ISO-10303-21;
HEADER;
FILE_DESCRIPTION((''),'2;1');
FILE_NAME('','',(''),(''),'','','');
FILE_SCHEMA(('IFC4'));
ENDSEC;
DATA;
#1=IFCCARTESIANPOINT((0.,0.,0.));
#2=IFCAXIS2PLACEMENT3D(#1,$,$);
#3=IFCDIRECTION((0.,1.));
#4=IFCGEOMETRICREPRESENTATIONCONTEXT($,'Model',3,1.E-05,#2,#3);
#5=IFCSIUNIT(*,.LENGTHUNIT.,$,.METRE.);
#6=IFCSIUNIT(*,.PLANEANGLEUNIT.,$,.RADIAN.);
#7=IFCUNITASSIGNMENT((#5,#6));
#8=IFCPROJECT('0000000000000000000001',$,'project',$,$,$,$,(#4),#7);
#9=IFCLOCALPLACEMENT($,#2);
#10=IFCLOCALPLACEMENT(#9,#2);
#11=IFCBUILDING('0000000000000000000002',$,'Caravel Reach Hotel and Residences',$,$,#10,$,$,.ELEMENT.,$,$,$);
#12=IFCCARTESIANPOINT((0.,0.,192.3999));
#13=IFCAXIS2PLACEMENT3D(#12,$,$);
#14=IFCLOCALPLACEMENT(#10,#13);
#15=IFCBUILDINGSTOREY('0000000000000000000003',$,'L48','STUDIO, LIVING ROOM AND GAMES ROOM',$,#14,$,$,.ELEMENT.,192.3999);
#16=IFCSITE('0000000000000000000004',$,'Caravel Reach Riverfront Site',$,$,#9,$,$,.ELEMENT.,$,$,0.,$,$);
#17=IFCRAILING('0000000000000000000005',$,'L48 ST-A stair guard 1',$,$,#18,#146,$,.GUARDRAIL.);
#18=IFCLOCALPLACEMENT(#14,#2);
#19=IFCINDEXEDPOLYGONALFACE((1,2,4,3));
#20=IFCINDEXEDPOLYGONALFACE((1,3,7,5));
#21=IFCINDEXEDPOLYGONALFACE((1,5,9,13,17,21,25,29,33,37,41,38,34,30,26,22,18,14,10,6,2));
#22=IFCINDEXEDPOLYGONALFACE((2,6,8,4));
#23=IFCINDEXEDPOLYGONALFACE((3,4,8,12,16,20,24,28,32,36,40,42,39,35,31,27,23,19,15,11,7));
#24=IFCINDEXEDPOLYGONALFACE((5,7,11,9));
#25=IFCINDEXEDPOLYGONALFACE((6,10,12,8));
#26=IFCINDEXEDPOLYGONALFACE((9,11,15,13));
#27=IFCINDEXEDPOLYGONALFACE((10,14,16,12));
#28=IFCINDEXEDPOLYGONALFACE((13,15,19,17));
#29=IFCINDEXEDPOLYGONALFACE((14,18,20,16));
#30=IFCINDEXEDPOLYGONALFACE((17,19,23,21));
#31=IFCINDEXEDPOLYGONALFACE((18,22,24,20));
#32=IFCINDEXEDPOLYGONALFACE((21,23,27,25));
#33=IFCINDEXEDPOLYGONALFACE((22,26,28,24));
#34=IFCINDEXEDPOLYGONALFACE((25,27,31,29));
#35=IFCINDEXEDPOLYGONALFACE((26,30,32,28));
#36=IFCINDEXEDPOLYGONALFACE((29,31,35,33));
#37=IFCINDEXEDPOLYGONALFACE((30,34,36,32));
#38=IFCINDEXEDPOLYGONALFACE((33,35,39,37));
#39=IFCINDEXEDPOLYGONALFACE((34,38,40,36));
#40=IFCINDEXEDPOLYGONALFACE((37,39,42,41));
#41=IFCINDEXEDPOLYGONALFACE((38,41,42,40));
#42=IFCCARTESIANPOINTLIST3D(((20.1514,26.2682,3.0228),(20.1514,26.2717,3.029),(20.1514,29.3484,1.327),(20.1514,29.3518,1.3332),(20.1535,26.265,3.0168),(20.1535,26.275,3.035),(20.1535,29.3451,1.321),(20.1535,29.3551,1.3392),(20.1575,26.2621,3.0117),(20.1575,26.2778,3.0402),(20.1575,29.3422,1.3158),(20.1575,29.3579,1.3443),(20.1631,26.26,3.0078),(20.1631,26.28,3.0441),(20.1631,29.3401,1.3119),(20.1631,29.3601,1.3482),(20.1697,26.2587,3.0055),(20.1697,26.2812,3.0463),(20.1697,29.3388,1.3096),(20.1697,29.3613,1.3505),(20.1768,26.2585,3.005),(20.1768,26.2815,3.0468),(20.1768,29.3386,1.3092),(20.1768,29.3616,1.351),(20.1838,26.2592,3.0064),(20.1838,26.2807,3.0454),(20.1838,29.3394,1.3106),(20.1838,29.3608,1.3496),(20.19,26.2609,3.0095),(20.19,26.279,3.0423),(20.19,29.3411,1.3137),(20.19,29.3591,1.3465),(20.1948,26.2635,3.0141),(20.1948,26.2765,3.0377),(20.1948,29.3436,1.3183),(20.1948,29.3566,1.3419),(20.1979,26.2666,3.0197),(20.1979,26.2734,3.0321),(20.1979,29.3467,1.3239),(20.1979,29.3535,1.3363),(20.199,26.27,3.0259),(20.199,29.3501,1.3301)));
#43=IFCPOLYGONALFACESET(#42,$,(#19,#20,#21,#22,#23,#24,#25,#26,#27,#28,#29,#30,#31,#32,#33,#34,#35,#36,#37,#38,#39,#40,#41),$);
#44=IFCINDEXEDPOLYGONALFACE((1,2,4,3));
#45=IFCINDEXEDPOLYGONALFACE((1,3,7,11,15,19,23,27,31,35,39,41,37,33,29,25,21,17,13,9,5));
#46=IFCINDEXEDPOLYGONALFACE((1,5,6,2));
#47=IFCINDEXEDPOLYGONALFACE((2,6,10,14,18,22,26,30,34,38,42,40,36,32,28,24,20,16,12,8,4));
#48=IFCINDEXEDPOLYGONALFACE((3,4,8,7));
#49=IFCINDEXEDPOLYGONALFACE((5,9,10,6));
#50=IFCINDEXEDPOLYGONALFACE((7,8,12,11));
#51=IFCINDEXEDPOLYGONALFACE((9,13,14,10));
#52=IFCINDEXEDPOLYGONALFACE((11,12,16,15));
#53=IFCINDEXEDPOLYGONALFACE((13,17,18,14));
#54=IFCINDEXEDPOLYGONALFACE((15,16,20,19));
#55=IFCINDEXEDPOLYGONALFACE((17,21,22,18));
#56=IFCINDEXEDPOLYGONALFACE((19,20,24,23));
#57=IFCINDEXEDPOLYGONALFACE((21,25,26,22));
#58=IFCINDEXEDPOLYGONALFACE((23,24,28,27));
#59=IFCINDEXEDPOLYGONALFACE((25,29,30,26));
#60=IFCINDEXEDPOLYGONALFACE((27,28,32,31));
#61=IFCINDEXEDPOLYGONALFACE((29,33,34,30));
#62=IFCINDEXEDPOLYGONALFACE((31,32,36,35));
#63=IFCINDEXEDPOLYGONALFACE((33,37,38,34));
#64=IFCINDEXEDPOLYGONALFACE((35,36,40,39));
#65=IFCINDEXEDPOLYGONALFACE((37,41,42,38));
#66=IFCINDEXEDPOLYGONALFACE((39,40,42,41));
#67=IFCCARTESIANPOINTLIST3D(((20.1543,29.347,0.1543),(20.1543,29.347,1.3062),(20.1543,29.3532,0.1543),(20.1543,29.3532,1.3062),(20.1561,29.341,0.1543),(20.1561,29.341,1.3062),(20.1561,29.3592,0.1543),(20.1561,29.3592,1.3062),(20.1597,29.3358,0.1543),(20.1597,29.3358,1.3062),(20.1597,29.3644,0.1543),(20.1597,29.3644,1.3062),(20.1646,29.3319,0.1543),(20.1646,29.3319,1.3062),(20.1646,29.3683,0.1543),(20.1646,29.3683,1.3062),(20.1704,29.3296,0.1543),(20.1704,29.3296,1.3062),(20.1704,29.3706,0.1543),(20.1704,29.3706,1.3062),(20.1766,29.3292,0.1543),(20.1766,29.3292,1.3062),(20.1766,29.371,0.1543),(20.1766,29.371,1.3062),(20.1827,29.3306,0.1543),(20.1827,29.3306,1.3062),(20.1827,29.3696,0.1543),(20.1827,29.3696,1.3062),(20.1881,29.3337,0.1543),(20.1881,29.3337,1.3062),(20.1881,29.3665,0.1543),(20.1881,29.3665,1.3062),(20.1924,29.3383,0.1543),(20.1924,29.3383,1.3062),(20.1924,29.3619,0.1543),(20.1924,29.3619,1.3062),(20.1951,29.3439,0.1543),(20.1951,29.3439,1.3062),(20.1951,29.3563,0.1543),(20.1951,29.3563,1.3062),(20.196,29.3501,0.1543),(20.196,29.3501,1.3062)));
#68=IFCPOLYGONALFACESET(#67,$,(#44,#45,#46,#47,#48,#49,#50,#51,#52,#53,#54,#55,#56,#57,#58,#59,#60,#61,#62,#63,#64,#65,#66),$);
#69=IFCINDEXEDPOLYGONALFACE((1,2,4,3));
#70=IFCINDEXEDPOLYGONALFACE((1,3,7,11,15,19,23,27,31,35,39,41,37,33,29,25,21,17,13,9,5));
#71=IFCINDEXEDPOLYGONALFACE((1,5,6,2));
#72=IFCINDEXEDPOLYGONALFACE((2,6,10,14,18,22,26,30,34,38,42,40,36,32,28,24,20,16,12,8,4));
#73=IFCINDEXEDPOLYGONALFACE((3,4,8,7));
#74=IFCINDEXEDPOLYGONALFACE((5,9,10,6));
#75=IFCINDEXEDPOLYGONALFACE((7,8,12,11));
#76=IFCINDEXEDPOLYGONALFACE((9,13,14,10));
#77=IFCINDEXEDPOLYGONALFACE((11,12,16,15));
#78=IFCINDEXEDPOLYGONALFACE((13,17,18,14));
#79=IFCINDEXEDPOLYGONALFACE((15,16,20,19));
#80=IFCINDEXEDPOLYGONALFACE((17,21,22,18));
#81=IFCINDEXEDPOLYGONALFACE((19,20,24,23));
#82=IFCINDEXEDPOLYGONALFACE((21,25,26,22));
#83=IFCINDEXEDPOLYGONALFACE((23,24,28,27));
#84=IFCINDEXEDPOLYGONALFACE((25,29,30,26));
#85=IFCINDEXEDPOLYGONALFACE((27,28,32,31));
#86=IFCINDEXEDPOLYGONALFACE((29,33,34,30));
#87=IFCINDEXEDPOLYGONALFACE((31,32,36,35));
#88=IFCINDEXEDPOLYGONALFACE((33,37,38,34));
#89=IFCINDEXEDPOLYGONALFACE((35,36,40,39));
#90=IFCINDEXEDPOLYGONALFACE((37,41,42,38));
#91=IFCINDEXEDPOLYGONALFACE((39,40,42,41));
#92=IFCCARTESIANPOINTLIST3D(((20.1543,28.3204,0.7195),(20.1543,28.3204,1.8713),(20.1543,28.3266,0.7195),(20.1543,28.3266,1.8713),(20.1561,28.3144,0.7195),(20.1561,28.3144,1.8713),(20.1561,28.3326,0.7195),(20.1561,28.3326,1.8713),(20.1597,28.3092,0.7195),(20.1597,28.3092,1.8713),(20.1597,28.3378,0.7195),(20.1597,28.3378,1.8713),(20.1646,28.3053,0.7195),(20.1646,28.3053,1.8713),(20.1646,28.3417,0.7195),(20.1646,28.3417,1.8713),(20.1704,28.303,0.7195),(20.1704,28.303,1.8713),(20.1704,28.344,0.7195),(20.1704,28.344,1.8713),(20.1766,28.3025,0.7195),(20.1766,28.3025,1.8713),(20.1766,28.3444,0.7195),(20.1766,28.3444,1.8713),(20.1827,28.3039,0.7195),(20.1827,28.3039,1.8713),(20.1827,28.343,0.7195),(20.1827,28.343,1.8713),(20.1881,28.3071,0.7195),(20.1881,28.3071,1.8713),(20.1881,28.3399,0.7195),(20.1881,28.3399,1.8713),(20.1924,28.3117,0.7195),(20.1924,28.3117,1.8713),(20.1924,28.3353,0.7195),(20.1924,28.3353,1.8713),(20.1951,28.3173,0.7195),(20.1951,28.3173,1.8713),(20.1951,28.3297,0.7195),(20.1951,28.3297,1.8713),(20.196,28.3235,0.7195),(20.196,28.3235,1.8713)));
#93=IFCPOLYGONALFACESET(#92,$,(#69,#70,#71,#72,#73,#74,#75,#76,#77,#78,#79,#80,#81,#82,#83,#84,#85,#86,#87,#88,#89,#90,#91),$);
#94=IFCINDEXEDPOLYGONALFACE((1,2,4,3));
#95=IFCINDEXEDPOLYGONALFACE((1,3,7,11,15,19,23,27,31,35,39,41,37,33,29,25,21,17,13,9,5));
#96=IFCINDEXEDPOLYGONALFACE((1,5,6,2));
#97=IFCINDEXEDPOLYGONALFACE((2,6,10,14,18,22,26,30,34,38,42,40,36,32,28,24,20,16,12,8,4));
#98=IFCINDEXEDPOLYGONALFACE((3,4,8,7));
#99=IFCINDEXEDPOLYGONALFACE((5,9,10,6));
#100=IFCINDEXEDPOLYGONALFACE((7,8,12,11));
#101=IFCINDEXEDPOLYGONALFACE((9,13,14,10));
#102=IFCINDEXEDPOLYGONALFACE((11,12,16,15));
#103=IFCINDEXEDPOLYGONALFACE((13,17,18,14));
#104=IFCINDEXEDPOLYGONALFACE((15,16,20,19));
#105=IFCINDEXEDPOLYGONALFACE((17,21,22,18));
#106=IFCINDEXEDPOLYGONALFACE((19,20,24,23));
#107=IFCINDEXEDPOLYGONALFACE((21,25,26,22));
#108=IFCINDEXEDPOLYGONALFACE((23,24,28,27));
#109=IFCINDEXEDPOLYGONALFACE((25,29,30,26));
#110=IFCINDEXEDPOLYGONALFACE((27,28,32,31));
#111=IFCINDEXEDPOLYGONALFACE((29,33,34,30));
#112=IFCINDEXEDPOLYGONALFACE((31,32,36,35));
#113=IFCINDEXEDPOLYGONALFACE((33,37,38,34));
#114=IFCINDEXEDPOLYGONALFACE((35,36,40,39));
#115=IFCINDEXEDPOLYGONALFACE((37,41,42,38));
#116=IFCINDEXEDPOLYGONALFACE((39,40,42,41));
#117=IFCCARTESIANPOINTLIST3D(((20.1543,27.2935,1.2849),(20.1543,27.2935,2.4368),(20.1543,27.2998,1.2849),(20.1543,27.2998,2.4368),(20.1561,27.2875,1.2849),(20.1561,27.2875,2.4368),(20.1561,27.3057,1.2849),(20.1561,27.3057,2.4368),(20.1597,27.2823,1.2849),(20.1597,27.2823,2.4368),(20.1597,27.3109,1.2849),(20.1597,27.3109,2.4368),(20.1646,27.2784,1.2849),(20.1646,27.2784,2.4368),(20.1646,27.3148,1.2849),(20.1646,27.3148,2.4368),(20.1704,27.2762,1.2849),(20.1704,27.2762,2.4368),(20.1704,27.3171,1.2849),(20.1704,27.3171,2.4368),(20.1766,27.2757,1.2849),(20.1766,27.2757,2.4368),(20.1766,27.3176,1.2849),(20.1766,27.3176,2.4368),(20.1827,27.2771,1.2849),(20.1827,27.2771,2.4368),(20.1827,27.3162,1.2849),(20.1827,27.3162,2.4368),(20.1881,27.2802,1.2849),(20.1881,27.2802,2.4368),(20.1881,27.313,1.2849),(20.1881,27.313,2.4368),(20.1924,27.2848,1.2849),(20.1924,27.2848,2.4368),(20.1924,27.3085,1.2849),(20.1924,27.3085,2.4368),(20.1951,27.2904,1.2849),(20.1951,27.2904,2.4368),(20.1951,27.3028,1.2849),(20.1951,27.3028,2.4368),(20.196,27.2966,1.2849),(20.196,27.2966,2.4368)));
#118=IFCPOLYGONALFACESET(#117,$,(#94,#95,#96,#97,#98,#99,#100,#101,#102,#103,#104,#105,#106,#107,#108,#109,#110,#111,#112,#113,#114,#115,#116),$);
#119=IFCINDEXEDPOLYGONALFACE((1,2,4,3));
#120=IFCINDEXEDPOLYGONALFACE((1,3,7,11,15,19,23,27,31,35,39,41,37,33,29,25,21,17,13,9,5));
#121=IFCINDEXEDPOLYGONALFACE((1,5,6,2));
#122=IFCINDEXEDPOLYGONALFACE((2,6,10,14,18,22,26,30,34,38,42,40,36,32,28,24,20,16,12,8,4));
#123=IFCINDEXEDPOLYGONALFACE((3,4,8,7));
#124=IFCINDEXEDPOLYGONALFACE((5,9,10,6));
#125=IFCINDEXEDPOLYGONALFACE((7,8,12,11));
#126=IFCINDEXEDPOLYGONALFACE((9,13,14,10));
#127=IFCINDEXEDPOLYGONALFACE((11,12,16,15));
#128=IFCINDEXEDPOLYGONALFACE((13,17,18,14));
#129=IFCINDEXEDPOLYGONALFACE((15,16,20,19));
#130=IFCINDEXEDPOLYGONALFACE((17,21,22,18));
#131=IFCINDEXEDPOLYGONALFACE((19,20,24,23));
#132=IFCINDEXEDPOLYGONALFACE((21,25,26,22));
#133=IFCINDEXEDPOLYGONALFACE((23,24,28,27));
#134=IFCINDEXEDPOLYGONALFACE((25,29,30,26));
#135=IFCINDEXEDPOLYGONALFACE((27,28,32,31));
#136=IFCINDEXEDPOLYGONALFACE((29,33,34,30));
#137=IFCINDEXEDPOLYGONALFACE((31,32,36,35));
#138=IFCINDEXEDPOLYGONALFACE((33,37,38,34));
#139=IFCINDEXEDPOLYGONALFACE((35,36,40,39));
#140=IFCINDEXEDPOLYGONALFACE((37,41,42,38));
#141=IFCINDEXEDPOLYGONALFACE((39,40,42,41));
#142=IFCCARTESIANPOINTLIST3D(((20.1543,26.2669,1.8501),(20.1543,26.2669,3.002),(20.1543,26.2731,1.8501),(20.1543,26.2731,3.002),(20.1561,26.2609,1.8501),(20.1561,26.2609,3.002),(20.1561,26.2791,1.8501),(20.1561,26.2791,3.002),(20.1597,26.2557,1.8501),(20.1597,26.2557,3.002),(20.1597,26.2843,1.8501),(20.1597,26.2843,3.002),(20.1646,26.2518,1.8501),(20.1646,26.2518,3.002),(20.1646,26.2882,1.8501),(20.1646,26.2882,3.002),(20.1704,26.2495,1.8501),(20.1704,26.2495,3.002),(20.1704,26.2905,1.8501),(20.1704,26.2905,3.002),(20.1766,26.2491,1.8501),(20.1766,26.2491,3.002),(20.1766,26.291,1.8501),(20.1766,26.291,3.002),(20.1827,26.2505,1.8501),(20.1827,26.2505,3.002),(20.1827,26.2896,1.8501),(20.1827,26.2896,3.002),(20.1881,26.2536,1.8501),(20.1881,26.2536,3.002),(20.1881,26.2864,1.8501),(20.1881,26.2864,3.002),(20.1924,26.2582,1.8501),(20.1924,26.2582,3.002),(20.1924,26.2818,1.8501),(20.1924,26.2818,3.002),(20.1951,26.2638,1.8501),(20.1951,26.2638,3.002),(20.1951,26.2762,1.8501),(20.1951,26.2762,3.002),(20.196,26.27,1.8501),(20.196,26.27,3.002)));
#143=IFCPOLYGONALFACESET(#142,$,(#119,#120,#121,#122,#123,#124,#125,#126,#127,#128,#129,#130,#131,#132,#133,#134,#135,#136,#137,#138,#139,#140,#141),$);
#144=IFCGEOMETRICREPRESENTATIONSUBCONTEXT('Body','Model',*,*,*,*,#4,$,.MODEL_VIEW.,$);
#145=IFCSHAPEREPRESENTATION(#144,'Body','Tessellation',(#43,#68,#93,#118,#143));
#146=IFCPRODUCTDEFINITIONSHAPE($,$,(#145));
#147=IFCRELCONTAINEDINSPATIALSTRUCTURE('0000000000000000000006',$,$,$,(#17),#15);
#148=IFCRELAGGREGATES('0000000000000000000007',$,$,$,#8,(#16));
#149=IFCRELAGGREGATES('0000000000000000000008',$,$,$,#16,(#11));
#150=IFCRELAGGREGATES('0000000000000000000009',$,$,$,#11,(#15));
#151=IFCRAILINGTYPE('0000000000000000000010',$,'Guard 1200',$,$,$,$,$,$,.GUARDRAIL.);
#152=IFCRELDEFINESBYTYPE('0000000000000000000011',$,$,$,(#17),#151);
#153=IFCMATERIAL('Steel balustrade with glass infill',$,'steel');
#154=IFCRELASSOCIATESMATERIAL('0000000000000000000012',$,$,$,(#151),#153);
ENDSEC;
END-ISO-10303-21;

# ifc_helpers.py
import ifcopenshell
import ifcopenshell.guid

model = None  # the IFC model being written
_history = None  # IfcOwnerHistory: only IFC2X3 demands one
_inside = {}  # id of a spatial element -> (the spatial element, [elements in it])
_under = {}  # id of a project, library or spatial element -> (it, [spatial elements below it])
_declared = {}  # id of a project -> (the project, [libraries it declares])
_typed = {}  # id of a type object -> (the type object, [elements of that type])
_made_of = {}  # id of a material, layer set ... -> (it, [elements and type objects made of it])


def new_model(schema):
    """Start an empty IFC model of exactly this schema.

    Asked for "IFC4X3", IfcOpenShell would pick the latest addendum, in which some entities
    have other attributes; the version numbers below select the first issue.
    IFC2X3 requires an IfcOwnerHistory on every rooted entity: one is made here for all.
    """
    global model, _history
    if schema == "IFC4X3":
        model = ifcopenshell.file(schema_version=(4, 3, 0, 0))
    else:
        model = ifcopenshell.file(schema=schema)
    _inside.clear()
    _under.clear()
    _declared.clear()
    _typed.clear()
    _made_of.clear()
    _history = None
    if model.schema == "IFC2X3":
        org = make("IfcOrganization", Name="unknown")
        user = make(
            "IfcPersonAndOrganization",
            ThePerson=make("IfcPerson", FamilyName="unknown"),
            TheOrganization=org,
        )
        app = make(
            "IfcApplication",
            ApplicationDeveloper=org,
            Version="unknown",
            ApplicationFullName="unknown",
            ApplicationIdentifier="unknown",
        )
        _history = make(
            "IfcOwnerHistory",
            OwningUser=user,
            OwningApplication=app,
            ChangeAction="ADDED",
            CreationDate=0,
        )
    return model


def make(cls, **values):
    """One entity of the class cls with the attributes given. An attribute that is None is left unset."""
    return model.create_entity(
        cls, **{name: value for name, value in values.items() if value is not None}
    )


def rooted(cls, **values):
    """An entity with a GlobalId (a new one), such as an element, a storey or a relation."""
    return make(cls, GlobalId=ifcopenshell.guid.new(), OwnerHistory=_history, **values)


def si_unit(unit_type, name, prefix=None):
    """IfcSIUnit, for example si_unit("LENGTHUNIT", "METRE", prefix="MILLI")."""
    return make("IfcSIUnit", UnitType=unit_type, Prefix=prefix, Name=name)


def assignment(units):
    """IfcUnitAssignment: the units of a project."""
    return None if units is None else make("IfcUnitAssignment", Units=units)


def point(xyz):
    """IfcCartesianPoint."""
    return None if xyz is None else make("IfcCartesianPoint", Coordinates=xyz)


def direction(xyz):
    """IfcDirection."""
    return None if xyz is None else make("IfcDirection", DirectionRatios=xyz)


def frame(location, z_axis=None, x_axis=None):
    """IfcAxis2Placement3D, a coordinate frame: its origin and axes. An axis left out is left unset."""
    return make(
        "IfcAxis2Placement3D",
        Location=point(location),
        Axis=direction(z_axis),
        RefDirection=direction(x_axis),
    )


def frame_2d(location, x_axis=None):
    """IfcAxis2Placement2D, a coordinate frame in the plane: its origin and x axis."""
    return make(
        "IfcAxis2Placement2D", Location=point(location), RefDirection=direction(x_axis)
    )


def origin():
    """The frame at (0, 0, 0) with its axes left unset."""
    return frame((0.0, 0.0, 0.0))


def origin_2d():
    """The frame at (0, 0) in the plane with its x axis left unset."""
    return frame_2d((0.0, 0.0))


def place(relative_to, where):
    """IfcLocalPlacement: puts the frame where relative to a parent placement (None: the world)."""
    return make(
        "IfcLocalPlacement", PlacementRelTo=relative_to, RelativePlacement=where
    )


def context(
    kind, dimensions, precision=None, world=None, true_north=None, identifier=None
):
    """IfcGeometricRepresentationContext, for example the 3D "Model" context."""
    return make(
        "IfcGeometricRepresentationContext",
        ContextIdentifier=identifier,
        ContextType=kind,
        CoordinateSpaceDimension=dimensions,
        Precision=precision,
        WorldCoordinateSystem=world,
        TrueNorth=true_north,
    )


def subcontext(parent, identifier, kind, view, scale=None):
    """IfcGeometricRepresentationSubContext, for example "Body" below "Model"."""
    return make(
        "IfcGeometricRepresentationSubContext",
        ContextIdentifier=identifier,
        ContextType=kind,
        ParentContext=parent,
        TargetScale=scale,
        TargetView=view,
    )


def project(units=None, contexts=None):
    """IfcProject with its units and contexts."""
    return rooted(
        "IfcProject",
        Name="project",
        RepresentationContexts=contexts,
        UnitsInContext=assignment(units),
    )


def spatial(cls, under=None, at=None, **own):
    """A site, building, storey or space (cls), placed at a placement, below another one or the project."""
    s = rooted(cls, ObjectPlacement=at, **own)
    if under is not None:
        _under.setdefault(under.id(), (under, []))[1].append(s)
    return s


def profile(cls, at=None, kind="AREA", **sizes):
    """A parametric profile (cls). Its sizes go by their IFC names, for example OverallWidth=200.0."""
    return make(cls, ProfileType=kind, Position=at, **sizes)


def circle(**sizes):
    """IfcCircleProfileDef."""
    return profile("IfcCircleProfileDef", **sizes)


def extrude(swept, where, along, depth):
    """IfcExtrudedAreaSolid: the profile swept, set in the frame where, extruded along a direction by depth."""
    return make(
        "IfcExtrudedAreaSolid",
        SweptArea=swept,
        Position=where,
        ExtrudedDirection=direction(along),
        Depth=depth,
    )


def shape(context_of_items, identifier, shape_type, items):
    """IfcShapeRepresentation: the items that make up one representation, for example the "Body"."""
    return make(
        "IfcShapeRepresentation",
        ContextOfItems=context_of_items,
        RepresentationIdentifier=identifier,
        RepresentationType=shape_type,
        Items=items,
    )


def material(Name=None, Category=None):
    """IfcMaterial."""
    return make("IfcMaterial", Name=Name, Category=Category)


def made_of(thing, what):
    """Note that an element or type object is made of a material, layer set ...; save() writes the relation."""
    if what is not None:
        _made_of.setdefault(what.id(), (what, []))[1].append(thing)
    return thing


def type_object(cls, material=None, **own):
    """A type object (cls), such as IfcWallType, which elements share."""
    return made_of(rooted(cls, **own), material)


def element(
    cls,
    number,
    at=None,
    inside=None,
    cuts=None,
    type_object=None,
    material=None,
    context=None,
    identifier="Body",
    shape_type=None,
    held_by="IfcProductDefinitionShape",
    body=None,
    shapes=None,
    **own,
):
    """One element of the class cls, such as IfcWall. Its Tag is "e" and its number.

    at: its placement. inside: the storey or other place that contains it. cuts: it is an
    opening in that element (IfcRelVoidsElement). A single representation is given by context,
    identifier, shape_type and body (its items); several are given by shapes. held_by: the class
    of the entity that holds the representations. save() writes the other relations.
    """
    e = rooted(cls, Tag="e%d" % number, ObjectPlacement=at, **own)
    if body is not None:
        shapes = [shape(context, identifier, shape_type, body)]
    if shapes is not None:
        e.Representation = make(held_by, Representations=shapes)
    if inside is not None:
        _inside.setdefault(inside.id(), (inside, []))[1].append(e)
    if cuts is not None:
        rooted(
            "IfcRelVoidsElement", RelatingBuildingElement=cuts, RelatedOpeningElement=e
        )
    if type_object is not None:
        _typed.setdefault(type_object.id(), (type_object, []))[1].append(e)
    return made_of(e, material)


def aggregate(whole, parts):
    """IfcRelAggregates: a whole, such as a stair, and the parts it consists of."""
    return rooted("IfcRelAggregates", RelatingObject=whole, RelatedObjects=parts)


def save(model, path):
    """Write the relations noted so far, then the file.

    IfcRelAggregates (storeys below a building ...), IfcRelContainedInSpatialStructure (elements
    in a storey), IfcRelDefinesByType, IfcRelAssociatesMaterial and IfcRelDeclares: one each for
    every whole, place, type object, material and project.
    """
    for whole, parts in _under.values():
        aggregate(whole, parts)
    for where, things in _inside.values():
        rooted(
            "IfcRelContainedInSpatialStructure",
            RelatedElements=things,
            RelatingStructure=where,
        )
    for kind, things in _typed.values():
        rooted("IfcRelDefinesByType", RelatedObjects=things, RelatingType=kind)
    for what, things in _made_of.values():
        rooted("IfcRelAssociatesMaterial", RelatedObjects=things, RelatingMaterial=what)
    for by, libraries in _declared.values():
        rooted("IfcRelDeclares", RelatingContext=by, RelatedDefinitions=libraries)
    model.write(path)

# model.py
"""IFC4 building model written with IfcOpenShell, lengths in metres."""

from ifc_helpers import new_model, si_unit, direction, frame, origin, origin_2d, place, context, subcontext, project, spatial, circle, extrude, material, type_object, element, save


model = new_model("IFC4")

# Units and contexts
model_context = context("Model", 3, precision=1e-05, world=origin(), true_north=direction((0.0, 1.0)))
body_context = subcontext(model_context, "Body", "Model", "MODEL_VIEW")
ifc_project = project(units=[si_unit("LENGTHUNIT", "METRE"), si_unit("PLANEANGLEUNIT", "RADIAN")], contexts=[model_context])

# Site, building, storey
site_placement = place(None, origin())
site = spatial("IfcSite", under=ifc_project, at=site_placement, Name="Caravel Reach Riverfront Site", CompositionType="ELEMENT", RefElevation=0.0)
building_placement = place(site_placement, origin())
building = spatial("IfcBuilding", under=site, at=building_placement, Name="Caravel Reach Hotel and Residences", CompositionType="ELEMENT")
storey_placement = place(building_placement, frame((0.0, 0.0, 192.3999)))
storey = spatial("IfcBuildingStorey", under=building, at=storey_placement, Name="L48", Description="STUDIO, LIVING ROOM AND GAMES ROOM", CompositionType="ELEMENT", Elevation=192.3999)

# Railing
ifc_material_1 = material(Name="Steel balustrade with glass infill", Category="steel")
railing_type_1 = type_object("IfcRailingType", Name="Guard 1200", PredefinedType="GUARDRAIL", material=ifc_material_1)
railing_1_placement = place(storey_placement, frame((20.175, 29.3501, 0.1543)))
element("IfcRailing", 1, at=railing_1_placement, inside=storey, type_object=railing_type_1, Name="L48 ST-A stair guard 1", PredefinedType="GUARDRAIL", context=body_context, shape_type="SweptSolid", body=[
    extrude(circle(Radius=0.0239, at=origin_2d()), frame((0.0, 0.0, 1.1758), z_axis=(0.0, -0.876005, 0.482303), x_axis=(1.0, 0.0, 0.0)), (0.0, 0.0, 1.0), 3.5161),
    extrude(circle(Radius=0.021, at=origin_2d()), origin(), (0.0, 0.0, 1.0), 1.1519),
    extrude(circle(Radius=0.021, at=origin_2d()), frame((0.0, -1.0266, 0.5652)), (0.0, 0.0, 1.0), 1.1519),
    extrude(circle(Radius=0.021, at=origin_2d()), frame((0.0, -2.0535, 1.1306)), (0.0, 0.0, 1.0), 1.1519),
    extrude(circle(Radius=0.021, at=origin_2d()), frame((0.0, -3.0801, 1.6958)), (0.0, 0.0, 1.0), 1.1519),
])

save(model, "model.ifc")
